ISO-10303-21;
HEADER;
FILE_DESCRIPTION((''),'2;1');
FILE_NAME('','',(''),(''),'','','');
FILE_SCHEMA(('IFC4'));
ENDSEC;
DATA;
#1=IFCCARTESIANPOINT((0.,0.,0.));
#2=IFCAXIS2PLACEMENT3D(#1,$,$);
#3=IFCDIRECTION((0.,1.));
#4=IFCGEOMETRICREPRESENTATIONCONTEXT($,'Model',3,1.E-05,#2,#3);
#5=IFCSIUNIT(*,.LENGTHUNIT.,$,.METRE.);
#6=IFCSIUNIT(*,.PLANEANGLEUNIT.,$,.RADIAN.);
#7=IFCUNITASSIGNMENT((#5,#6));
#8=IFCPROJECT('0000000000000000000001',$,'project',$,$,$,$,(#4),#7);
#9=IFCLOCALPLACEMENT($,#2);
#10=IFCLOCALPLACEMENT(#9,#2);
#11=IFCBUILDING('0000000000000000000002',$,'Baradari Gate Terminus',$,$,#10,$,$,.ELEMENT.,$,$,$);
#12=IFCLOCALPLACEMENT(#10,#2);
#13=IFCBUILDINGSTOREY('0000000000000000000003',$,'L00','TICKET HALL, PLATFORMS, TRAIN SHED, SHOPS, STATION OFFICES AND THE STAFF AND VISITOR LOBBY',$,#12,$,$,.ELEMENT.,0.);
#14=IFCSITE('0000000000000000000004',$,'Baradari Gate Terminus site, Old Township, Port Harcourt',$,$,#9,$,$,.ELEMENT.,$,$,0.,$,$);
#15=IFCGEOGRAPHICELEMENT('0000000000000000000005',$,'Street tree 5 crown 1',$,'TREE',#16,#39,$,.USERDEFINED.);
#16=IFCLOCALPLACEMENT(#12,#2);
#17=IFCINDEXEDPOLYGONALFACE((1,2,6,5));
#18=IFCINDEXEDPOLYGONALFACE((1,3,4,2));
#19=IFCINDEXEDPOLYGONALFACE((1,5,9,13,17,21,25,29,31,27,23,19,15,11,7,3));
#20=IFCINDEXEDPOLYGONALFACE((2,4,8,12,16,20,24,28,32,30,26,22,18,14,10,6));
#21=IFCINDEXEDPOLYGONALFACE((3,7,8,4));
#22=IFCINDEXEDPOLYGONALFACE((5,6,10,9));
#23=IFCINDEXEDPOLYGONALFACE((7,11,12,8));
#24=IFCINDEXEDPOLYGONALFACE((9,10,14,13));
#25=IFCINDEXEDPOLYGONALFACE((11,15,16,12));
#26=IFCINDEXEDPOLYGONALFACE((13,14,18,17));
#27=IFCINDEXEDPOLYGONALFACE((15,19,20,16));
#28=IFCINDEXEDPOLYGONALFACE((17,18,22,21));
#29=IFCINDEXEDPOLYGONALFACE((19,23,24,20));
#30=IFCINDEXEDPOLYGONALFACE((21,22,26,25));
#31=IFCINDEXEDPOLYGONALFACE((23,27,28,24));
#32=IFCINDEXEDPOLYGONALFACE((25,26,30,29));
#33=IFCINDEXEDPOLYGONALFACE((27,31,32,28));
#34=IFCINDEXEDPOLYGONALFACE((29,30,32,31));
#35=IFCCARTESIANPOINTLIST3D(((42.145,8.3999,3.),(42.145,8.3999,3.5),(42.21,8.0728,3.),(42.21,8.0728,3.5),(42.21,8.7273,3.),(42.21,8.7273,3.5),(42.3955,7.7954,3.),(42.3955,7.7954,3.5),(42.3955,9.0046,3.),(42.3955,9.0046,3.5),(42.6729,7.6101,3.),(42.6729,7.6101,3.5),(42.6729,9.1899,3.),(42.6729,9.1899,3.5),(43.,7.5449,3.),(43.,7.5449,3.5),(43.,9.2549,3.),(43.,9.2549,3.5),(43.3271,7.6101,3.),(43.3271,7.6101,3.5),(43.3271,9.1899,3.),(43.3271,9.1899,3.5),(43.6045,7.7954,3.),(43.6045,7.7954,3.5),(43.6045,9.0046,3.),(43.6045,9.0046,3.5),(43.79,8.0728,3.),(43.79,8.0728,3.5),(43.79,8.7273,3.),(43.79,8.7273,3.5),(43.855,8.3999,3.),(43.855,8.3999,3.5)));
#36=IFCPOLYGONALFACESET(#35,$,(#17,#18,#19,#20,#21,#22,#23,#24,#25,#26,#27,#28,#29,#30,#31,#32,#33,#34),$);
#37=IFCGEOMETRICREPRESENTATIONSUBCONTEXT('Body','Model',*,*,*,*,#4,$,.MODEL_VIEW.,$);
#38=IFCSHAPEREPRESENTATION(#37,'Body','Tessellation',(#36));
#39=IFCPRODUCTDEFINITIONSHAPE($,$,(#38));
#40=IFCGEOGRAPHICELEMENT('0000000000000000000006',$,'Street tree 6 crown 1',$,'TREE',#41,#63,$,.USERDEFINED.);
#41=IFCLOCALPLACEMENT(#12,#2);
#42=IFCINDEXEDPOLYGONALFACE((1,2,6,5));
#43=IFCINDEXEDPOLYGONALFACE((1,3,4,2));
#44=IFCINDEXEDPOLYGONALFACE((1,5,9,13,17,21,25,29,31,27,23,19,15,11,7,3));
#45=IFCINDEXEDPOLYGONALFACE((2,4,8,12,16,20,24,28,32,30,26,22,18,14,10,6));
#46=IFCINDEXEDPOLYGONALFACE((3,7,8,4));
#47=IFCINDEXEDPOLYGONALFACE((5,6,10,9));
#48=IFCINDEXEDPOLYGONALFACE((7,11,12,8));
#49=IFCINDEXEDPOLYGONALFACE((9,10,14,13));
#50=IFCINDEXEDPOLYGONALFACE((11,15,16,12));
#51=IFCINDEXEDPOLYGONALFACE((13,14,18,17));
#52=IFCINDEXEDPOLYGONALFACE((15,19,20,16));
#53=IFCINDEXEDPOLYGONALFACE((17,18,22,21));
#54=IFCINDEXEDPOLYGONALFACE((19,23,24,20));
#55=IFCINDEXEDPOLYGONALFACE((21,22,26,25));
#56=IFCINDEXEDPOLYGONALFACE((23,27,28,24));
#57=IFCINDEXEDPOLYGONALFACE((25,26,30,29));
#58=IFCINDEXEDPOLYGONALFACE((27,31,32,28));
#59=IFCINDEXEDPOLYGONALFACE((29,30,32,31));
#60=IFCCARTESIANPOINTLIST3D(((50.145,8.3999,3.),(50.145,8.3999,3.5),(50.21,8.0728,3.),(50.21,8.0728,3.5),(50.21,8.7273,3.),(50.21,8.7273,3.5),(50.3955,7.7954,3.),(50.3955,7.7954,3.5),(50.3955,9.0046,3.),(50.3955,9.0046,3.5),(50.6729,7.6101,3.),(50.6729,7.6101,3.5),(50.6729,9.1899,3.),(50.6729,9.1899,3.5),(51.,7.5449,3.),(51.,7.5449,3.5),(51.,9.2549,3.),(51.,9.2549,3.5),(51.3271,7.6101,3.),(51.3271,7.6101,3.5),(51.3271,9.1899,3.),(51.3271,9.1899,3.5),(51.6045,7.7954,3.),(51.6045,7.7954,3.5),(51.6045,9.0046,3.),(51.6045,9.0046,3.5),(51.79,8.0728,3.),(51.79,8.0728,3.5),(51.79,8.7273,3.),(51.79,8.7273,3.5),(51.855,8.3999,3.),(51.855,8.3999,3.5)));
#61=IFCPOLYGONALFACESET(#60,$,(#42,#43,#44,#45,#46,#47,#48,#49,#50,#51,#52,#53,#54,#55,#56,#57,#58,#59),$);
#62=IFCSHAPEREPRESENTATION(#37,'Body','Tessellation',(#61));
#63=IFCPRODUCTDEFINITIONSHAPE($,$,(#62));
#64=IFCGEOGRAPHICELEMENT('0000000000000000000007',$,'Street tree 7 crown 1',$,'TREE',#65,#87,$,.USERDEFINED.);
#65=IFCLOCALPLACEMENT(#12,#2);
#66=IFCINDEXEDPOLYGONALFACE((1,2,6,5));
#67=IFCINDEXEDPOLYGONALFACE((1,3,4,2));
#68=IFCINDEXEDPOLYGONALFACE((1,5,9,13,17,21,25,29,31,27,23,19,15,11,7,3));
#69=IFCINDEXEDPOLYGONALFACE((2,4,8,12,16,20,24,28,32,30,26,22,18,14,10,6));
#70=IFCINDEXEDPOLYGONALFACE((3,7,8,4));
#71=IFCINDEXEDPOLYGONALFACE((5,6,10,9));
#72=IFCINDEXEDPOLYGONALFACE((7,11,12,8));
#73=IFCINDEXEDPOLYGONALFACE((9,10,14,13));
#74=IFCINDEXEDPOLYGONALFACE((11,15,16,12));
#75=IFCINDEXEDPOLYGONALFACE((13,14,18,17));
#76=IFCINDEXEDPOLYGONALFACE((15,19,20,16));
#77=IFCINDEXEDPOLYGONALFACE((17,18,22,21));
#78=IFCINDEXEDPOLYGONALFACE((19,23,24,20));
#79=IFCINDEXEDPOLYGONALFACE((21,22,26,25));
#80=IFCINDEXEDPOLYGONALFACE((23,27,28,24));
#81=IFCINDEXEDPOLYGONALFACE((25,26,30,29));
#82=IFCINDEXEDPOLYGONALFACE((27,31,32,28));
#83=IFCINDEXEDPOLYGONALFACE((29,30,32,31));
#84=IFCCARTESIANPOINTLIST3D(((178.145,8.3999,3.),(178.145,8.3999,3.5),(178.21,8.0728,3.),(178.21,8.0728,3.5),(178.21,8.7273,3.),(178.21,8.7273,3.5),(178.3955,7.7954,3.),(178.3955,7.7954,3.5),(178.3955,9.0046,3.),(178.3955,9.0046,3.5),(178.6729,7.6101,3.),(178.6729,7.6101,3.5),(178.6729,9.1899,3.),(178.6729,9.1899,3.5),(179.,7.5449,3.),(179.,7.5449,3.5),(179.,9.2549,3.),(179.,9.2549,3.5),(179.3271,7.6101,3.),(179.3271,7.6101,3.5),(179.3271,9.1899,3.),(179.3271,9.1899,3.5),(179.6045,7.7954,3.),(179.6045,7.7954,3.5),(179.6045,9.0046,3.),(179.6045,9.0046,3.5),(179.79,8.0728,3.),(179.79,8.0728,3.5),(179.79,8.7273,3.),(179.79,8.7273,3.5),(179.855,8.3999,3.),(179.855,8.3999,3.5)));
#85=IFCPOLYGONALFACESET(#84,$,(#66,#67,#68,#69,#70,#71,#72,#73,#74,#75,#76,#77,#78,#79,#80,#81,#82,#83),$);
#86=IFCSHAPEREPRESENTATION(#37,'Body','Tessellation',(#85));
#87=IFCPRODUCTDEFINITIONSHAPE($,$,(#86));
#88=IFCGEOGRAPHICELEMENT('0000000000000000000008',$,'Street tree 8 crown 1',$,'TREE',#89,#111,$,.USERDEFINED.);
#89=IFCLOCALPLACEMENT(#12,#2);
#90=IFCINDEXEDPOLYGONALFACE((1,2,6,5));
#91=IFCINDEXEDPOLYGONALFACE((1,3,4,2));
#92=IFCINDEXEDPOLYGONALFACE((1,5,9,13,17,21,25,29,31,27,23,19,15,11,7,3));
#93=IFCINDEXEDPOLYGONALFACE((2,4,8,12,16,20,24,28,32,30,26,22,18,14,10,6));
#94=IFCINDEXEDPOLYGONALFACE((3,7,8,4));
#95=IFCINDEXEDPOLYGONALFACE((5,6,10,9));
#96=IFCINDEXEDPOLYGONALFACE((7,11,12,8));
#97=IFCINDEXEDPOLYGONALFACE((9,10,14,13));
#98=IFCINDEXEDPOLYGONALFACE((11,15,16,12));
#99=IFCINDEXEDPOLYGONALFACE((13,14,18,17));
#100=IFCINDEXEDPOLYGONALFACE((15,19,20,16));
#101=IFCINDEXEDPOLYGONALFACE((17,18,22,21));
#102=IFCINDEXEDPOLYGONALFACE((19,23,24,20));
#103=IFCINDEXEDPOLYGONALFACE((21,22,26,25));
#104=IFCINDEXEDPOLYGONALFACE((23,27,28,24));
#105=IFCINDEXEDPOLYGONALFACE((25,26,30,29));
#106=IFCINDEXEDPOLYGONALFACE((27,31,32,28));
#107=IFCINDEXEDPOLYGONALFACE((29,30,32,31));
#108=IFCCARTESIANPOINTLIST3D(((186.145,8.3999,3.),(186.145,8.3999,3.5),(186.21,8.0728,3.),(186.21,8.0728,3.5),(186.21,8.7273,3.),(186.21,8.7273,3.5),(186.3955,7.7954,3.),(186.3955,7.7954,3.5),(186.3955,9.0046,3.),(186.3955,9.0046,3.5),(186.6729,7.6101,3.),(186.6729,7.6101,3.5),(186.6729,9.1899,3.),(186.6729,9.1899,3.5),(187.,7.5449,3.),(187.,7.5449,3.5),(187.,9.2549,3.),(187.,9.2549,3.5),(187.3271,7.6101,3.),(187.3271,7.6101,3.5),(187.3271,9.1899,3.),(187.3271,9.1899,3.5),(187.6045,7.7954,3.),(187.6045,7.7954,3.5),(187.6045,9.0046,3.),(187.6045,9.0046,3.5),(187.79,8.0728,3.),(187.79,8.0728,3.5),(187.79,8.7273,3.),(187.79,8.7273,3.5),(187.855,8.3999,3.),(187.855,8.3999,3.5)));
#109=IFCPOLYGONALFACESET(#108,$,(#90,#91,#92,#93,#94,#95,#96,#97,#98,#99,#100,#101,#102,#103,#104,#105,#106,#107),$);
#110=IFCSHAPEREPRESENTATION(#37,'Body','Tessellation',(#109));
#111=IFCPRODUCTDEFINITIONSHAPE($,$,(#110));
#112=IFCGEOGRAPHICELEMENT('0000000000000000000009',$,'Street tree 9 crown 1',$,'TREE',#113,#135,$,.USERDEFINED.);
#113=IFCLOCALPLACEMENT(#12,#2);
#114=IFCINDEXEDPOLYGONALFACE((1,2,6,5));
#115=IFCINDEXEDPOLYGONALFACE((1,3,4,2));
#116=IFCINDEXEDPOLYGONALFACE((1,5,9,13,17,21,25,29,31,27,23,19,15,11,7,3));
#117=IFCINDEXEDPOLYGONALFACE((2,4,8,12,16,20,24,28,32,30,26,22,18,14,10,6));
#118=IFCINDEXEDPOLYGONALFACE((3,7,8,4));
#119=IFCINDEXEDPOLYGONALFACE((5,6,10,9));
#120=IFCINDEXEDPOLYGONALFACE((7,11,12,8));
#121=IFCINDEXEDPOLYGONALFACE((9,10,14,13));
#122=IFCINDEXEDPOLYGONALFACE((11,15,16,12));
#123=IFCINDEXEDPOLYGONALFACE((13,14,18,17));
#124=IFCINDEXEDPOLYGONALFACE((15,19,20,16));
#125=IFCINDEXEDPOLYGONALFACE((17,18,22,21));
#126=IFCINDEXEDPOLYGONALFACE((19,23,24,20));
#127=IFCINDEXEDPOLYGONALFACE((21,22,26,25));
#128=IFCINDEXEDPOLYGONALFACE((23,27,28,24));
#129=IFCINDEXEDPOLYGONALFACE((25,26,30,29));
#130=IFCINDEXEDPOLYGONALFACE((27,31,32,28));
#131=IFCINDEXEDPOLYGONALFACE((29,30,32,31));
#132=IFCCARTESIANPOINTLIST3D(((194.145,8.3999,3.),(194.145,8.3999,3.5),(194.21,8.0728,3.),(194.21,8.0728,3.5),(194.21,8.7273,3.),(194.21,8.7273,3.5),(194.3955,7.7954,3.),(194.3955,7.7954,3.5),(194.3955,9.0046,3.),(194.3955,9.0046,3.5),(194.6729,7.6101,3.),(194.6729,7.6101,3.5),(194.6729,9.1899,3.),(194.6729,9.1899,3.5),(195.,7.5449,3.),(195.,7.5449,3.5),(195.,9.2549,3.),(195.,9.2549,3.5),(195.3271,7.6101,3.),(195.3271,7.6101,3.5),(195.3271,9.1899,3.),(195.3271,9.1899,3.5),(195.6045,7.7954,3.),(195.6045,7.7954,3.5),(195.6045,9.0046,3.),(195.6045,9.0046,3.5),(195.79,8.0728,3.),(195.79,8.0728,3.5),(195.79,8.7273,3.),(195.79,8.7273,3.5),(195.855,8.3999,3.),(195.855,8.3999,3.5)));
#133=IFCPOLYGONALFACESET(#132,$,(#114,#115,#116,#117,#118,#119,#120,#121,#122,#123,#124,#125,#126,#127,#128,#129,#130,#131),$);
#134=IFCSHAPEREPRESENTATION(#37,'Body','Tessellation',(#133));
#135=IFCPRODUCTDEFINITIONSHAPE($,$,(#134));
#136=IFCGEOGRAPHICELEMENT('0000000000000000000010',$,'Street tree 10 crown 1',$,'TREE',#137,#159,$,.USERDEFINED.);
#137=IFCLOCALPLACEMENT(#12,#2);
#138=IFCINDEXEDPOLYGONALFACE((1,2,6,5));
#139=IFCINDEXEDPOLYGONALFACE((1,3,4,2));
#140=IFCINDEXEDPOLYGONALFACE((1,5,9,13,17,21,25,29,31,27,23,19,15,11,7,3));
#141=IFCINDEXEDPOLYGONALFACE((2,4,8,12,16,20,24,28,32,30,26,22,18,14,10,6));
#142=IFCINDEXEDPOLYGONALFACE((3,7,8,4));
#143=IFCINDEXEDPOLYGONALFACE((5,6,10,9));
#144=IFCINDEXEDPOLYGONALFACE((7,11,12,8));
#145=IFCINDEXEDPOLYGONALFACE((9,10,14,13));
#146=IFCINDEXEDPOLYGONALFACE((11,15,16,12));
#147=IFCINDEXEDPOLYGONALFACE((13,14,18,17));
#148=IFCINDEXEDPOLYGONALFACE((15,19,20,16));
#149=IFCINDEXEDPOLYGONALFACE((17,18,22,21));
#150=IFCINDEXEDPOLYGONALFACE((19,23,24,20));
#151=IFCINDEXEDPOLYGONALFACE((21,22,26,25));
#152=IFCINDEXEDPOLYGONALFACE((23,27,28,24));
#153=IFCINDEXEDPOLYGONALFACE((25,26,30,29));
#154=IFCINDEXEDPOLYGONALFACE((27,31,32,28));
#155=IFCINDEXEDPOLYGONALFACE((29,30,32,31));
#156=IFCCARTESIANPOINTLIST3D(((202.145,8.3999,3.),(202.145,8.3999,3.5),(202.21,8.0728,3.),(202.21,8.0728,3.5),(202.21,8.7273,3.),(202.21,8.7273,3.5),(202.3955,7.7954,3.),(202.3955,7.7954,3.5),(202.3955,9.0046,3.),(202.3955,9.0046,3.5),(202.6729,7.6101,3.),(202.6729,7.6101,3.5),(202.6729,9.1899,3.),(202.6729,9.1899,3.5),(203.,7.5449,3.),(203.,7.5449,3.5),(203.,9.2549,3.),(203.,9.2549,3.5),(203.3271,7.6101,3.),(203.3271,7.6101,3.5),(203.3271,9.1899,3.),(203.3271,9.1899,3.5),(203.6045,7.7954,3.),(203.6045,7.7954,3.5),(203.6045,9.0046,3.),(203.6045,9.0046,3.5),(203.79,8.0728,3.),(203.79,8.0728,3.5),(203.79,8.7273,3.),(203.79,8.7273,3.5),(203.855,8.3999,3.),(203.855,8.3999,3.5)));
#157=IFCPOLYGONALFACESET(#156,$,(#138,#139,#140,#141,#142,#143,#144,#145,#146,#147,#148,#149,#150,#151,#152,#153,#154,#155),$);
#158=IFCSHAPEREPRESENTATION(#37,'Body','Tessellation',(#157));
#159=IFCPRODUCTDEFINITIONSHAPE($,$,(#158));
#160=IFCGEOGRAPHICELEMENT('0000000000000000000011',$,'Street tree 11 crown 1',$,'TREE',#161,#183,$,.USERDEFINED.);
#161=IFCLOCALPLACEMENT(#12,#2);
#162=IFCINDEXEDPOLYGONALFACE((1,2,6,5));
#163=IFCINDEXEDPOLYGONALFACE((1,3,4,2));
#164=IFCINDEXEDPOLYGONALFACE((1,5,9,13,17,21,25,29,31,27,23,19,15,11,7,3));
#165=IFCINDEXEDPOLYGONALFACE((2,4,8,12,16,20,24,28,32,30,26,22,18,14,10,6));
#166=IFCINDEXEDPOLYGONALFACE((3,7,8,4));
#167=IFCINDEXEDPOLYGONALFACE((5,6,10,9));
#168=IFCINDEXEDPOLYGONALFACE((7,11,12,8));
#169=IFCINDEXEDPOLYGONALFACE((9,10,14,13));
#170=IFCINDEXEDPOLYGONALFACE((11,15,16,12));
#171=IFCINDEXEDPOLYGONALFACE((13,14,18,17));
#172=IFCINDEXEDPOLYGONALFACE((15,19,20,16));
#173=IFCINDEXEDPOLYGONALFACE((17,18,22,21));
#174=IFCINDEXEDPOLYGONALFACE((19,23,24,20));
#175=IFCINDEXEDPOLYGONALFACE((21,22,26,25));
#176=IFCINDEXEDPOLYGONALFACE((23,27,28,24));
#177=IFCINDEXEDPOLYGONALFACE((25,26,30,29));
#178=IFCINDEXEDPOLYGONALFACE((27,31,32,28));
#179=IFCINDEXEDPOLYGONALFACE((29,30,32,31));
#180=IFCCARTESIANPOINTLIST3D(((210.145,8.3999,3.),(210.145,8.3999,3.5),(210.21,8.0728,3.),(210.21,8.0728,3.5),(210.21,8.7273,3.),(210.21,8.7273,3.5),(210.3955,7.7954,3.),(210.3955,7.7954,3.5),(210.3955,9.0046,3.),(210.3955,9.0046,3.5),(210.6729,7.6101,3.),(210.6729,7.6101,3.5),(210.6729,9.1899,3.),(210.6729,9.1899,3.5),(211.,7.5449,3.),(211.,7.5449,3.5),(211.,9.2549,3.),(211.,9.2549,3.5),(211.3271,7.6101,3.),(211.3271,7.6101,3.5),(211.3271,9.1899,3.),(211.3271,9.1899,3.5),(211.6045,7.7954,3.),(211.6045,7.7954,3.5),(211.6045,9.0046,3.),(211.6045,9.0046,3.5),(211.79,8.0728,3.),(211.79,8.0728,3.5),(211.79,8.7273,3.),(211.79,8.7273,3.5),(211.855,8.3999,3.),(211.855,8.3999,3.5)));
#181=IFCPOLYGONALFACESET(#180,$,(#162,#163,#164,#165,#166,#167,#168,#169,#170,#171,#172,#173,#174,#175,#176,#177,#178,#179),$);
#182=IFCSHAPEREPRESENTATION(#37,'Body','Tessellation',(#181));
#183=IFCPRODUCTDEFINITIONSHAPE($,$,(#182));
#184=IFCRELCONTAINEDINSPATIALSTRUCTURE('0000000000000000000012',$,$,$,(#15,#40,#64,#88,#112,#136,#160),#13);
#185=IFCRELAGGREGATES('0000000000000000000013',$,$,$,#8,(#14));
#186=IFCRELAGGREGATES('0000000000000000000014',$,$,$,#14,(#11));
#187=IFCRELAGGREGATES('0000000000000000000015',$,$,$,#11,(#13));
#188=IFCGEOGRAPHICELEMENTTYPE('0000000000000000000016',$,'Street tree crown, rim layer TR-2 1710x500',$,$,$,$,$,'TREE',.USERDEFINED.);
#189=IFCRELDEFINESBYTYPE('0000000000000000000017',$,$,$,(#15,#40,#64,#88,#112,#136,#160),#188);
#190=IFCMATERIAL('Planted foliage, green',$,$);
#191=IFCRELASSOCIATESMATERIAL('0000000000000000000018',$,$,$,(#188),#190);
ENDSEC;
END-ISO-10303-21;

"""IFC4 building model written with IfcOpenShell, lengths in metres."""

from ifc_helpers import new_model, si_unit, direction, frame, origin, place, context, subcontext, project, spatial, polyline, outline, extrude, material, type_object, element, save


model = new_model("IFC4")

# Units and contexts
model_context = context("Model", 3, precision=1e-05, world=origin(), true_north=direction((0.0, 1.0)))
body_context = subcontext(model_context, "Body", "Model", "MODEL_VIEW")
ifc_project = project(units=[si_unit("LENGTHUNIT", "METRE"), si_unit("PLANEANGLEUNIT", "RADIAN")], contexts=[model_context])

# Site, building, storey
site_placement = place(None, origin())
site = spatial("IfcSite", under=ifc_project, at=site_placement, Name="Baradari Gate Terminus site, Old Township, Port Harcourt", CompositionType="ELEMENT", RefElevation=0.0)
building_placement = place(site_placement, origin())
building = spatial("IfcBuilding", under=site, at=building_placement, Name="Baradari Gate Terminus", CompositionType="ELEMENT")
storey_placement = place(building_placement, origin())
storey = spatial("IfcBuildingStorey", under=building, at=storey_placement, Name="L00", Description="TICKET HALL, PLATFORMS, TRAIN SHED, SHOPS, STATION OFFICES AND THE STAFF AND VISITOR LOBBY", CompositionType="ELEMENT", Elevation=0.0)

# Geographic elements
ifc_material_1 = material(Name="Planted foliage, green")
geographic_element_type_1 = type_object("IfcGeographicElementType", Name="Street tree crown, rim layer TR-2 1710x500", ElementType="TREE", PredefinedType="USERDEFINED", material=ifc_material_1)
geographic_element_1_placement = place(storey_placement, frame((0.0, 0.0, 3.0)))
element("IfcGeographicElement", 1, at=geographic_element_1_placement, inside=storey, type_object=geographic_element_type_1, Name="Street tree 5 crown 1", ObjectType="TREE", PredefinedType="USERDEFINED", context=body_context, shape_type="SweptSolid", body=[
    extrude(outline(polyline([(43.855, 8.3999), (43.79, 8.7273), (43.6045, 9.0046), (43.3271, 9.1899), (43.0, 9.2549), (42.6729, 9.1899), (42.3955, 9.0046), (42.21, 8.7273), (42.145, 8.3999), (42.21, 8.0728), (42.3955, 7.7954), (42.6729, 7.6101), (43.0, 7.5449), (43.3271, 7.6101), (43.6045, 7.7954), (43.79, 8.0728), (43.855, 8.3999)])), origin(), (0.0, 0.0, 1.0), 0.5),
])
geographic_element_2_placement = place(storey_placement, frame((0.0, 0.0, 3.0)))
element("IfcGeographicElement", 2, at=geographic_element_2_placement, inside=storey, type_object=geographic_element_type_1, Name="Street tree 6 crown 1", ObjectType="TREE", PredefinedType="USERDEFINED", context=body_context, shape_type="SweptSolid", body=[
    extrude(outline(polyline([(51.855, 8.3999), (51.79, 8.7273), (51.6045, 9.0046), (51.3271, 9.1899), (51.0, 9.2549), (50.6729, 9.1899), (50.3955, 9.0046), (50.21, 8.7273), (50.145, 8.3999), (50.21, 8.0728), (50.3955, 7.7954), (50.6729, 7.6101), (51.0, 7.5449), (51.3271, 7.6101), (51.6045, 7.7954), (51.79, 8.0728), (51.855, 8.3999)])), origin(), (0.0, 0.0, 1.0), 0.5),
])
geographic_element_3_placement = place(storey_placement, frame((0.0, 0.0, 3.0)))
element("IfcGeographicElement", 3, at=geographic_element_3_placement, inside=storey, type_object=geographic_element_type_1, Name="Street tree 7 crown 1", ObjectType="TREE", PredefinedType="USERDEFINED", context=body_context, shape_type="SweptSolid", body=[
    extrude(outline(polyline([(179.855, 8.3999), (179.79, 8.7273), (179.6045, 9.0046), (179.3271, 9.1899), (179.0, 9.2549), (178.6729, 9.1899), (178.3955, 9.0046), (178.21, 8.7273), (178.145, 8.3999), (178.21, 8.0728), (178.3955, 7.7954), (178.6729, 7.6101), (179.0, 7.5449), (179.3271, 7.6101), (179.6045, 7.7954), (179.79, 8.0728), (179.855, 8.3999)])), origin(), (0.0, 0.0, 1.0), 0.5),
])
geographic_element_4_placement = place(storey_placement, frame((0.0, 0.0, 3.0)))
element("IfcGeographicElement", 4, at=geographic_element_4_placement, inside=storey, type_object=geographic_element_type_1, Name="Street tree 8 crown 1", ObjectType="TREE", PredefinedType="USERDEFINED", context=body_context, shape_type="SweptSolid", body=[
    extrude(outline(polyline([(187.855, 8.3999), (187.79, 8.7273), (187.6045, 9.0046), (187.3271, 9.1899), (187.0, 9.2549), (186.6729, 9.1899), (186.3955, 9.0046), (186.21, 8.7273), (186.145, 8.3999), (186.21, 8.0728), (186.3955, 7.7954), (186.6729, 7.6101), (187.0, 7.5449), (187.3271, 7.6101), (187.6045, 7.7954), (187.79, 8.0728), (187.855, 8.3999)])), origin(), (0.0, 0.0, 1.0), 0.5),
])
geographic_element_5_placement = place(storey_placement, frame((0.0, 0.0, 3.0)))
element("IfcGeographicElement", 5, at=geographic_element_5_placement, inside=storey, type_object=geographic_element_type_1, Name="Street tree 9 crown 1", ObjectType="TREE", PredefinedType="USERDEFINED", context=body_context, shape_type="SweptSolid", body=[
    extrude(outline(polyline([(195.855, 8.3999), (195.79, 8.7273), (195.6045, 9.0046), (195.3271, 9.1899), (195.0, 9.2549), (194.6729, 9.1899), (194.3955, 9.0046), (194.21, 8.7273), (194.145, 8.3999), (194.21, 8.0728), (194.3955, 7.7954), (194.6729, 7.6101), (195.0, 7.5449), (195.3271, 7.6101), (195.6045, 7.7954), (195.79, 8.0728), (195.855, 8.3999)])), origin(), (0.0, 0.0, 1.0), 0.5),
])
geographic_element_6_placement = place(storey_placement, frame((0.0, 0.0, 3.0)))
element("IfcGeographicElement", 6, at=geographic_element_6_placement, inside=storey, type_object=geographic_element_type_1, Name="Street tree 10 crown 1", ObjectType="TREE", PredefinedType="USERDEFINED", context=body_context, shape_type="SweptSolid", body=[
    extrude(outline(polyline([(203.855, 8.3999), (203.79, 8.7273), (203.6045, 9.0046), (203.3271, 9.1899), (203.0, 9.2549), (202.6729, 9.1899), (202.3955, 9.0046), (202.21, 8.7273), (202.145, 8.3999), (202.21, 8.0728), (202.3955, 7.7954), (202.6729, 7.6101), (203.0, 7.5449), (203.3271, 7.6101), (203.6045, 7.7954), (203.79, 8.0728), (203.855, 8.3999)])), origin(), (0.0, 0.0, 1.0), 0.5),
])
geographic_element_7_placement = place(storey_placement, frame((0.0, 0.0, 3.0)))
element("IfcGeographicElement", 7, at=geographic_element_7_placement, inside=storey, type_object=geographic_element_type_1, Name="Street tree 11 crown 1", ObjectType="TREE", PredefinedType="USERDEFINED", context=body_context, shape_type="SweptSolid", body=[
    extrude(outline(polyline([(211.855, 8.3999), (211.79, 8.7273), (211.6045, 9.0046), (211.3271, 9.1899), (211.0, 9.2549), (210.6729, 9.1899), (210.3955, 9.0046), (210.21, 8.7273), (210.145, 8.3999), (210.21, 8.0728), (210.3955, 7.7954), (210.6729, 7.6101), (211.0, 7.5449), (211.3271, 7.6101), (211.6045, 7.7954), (211.79, 8.0728), (211.855, 8.3999)])), origin(), (0.0, 0.0, 1.0), 0.5),
])

save(model, "model.ifc")
